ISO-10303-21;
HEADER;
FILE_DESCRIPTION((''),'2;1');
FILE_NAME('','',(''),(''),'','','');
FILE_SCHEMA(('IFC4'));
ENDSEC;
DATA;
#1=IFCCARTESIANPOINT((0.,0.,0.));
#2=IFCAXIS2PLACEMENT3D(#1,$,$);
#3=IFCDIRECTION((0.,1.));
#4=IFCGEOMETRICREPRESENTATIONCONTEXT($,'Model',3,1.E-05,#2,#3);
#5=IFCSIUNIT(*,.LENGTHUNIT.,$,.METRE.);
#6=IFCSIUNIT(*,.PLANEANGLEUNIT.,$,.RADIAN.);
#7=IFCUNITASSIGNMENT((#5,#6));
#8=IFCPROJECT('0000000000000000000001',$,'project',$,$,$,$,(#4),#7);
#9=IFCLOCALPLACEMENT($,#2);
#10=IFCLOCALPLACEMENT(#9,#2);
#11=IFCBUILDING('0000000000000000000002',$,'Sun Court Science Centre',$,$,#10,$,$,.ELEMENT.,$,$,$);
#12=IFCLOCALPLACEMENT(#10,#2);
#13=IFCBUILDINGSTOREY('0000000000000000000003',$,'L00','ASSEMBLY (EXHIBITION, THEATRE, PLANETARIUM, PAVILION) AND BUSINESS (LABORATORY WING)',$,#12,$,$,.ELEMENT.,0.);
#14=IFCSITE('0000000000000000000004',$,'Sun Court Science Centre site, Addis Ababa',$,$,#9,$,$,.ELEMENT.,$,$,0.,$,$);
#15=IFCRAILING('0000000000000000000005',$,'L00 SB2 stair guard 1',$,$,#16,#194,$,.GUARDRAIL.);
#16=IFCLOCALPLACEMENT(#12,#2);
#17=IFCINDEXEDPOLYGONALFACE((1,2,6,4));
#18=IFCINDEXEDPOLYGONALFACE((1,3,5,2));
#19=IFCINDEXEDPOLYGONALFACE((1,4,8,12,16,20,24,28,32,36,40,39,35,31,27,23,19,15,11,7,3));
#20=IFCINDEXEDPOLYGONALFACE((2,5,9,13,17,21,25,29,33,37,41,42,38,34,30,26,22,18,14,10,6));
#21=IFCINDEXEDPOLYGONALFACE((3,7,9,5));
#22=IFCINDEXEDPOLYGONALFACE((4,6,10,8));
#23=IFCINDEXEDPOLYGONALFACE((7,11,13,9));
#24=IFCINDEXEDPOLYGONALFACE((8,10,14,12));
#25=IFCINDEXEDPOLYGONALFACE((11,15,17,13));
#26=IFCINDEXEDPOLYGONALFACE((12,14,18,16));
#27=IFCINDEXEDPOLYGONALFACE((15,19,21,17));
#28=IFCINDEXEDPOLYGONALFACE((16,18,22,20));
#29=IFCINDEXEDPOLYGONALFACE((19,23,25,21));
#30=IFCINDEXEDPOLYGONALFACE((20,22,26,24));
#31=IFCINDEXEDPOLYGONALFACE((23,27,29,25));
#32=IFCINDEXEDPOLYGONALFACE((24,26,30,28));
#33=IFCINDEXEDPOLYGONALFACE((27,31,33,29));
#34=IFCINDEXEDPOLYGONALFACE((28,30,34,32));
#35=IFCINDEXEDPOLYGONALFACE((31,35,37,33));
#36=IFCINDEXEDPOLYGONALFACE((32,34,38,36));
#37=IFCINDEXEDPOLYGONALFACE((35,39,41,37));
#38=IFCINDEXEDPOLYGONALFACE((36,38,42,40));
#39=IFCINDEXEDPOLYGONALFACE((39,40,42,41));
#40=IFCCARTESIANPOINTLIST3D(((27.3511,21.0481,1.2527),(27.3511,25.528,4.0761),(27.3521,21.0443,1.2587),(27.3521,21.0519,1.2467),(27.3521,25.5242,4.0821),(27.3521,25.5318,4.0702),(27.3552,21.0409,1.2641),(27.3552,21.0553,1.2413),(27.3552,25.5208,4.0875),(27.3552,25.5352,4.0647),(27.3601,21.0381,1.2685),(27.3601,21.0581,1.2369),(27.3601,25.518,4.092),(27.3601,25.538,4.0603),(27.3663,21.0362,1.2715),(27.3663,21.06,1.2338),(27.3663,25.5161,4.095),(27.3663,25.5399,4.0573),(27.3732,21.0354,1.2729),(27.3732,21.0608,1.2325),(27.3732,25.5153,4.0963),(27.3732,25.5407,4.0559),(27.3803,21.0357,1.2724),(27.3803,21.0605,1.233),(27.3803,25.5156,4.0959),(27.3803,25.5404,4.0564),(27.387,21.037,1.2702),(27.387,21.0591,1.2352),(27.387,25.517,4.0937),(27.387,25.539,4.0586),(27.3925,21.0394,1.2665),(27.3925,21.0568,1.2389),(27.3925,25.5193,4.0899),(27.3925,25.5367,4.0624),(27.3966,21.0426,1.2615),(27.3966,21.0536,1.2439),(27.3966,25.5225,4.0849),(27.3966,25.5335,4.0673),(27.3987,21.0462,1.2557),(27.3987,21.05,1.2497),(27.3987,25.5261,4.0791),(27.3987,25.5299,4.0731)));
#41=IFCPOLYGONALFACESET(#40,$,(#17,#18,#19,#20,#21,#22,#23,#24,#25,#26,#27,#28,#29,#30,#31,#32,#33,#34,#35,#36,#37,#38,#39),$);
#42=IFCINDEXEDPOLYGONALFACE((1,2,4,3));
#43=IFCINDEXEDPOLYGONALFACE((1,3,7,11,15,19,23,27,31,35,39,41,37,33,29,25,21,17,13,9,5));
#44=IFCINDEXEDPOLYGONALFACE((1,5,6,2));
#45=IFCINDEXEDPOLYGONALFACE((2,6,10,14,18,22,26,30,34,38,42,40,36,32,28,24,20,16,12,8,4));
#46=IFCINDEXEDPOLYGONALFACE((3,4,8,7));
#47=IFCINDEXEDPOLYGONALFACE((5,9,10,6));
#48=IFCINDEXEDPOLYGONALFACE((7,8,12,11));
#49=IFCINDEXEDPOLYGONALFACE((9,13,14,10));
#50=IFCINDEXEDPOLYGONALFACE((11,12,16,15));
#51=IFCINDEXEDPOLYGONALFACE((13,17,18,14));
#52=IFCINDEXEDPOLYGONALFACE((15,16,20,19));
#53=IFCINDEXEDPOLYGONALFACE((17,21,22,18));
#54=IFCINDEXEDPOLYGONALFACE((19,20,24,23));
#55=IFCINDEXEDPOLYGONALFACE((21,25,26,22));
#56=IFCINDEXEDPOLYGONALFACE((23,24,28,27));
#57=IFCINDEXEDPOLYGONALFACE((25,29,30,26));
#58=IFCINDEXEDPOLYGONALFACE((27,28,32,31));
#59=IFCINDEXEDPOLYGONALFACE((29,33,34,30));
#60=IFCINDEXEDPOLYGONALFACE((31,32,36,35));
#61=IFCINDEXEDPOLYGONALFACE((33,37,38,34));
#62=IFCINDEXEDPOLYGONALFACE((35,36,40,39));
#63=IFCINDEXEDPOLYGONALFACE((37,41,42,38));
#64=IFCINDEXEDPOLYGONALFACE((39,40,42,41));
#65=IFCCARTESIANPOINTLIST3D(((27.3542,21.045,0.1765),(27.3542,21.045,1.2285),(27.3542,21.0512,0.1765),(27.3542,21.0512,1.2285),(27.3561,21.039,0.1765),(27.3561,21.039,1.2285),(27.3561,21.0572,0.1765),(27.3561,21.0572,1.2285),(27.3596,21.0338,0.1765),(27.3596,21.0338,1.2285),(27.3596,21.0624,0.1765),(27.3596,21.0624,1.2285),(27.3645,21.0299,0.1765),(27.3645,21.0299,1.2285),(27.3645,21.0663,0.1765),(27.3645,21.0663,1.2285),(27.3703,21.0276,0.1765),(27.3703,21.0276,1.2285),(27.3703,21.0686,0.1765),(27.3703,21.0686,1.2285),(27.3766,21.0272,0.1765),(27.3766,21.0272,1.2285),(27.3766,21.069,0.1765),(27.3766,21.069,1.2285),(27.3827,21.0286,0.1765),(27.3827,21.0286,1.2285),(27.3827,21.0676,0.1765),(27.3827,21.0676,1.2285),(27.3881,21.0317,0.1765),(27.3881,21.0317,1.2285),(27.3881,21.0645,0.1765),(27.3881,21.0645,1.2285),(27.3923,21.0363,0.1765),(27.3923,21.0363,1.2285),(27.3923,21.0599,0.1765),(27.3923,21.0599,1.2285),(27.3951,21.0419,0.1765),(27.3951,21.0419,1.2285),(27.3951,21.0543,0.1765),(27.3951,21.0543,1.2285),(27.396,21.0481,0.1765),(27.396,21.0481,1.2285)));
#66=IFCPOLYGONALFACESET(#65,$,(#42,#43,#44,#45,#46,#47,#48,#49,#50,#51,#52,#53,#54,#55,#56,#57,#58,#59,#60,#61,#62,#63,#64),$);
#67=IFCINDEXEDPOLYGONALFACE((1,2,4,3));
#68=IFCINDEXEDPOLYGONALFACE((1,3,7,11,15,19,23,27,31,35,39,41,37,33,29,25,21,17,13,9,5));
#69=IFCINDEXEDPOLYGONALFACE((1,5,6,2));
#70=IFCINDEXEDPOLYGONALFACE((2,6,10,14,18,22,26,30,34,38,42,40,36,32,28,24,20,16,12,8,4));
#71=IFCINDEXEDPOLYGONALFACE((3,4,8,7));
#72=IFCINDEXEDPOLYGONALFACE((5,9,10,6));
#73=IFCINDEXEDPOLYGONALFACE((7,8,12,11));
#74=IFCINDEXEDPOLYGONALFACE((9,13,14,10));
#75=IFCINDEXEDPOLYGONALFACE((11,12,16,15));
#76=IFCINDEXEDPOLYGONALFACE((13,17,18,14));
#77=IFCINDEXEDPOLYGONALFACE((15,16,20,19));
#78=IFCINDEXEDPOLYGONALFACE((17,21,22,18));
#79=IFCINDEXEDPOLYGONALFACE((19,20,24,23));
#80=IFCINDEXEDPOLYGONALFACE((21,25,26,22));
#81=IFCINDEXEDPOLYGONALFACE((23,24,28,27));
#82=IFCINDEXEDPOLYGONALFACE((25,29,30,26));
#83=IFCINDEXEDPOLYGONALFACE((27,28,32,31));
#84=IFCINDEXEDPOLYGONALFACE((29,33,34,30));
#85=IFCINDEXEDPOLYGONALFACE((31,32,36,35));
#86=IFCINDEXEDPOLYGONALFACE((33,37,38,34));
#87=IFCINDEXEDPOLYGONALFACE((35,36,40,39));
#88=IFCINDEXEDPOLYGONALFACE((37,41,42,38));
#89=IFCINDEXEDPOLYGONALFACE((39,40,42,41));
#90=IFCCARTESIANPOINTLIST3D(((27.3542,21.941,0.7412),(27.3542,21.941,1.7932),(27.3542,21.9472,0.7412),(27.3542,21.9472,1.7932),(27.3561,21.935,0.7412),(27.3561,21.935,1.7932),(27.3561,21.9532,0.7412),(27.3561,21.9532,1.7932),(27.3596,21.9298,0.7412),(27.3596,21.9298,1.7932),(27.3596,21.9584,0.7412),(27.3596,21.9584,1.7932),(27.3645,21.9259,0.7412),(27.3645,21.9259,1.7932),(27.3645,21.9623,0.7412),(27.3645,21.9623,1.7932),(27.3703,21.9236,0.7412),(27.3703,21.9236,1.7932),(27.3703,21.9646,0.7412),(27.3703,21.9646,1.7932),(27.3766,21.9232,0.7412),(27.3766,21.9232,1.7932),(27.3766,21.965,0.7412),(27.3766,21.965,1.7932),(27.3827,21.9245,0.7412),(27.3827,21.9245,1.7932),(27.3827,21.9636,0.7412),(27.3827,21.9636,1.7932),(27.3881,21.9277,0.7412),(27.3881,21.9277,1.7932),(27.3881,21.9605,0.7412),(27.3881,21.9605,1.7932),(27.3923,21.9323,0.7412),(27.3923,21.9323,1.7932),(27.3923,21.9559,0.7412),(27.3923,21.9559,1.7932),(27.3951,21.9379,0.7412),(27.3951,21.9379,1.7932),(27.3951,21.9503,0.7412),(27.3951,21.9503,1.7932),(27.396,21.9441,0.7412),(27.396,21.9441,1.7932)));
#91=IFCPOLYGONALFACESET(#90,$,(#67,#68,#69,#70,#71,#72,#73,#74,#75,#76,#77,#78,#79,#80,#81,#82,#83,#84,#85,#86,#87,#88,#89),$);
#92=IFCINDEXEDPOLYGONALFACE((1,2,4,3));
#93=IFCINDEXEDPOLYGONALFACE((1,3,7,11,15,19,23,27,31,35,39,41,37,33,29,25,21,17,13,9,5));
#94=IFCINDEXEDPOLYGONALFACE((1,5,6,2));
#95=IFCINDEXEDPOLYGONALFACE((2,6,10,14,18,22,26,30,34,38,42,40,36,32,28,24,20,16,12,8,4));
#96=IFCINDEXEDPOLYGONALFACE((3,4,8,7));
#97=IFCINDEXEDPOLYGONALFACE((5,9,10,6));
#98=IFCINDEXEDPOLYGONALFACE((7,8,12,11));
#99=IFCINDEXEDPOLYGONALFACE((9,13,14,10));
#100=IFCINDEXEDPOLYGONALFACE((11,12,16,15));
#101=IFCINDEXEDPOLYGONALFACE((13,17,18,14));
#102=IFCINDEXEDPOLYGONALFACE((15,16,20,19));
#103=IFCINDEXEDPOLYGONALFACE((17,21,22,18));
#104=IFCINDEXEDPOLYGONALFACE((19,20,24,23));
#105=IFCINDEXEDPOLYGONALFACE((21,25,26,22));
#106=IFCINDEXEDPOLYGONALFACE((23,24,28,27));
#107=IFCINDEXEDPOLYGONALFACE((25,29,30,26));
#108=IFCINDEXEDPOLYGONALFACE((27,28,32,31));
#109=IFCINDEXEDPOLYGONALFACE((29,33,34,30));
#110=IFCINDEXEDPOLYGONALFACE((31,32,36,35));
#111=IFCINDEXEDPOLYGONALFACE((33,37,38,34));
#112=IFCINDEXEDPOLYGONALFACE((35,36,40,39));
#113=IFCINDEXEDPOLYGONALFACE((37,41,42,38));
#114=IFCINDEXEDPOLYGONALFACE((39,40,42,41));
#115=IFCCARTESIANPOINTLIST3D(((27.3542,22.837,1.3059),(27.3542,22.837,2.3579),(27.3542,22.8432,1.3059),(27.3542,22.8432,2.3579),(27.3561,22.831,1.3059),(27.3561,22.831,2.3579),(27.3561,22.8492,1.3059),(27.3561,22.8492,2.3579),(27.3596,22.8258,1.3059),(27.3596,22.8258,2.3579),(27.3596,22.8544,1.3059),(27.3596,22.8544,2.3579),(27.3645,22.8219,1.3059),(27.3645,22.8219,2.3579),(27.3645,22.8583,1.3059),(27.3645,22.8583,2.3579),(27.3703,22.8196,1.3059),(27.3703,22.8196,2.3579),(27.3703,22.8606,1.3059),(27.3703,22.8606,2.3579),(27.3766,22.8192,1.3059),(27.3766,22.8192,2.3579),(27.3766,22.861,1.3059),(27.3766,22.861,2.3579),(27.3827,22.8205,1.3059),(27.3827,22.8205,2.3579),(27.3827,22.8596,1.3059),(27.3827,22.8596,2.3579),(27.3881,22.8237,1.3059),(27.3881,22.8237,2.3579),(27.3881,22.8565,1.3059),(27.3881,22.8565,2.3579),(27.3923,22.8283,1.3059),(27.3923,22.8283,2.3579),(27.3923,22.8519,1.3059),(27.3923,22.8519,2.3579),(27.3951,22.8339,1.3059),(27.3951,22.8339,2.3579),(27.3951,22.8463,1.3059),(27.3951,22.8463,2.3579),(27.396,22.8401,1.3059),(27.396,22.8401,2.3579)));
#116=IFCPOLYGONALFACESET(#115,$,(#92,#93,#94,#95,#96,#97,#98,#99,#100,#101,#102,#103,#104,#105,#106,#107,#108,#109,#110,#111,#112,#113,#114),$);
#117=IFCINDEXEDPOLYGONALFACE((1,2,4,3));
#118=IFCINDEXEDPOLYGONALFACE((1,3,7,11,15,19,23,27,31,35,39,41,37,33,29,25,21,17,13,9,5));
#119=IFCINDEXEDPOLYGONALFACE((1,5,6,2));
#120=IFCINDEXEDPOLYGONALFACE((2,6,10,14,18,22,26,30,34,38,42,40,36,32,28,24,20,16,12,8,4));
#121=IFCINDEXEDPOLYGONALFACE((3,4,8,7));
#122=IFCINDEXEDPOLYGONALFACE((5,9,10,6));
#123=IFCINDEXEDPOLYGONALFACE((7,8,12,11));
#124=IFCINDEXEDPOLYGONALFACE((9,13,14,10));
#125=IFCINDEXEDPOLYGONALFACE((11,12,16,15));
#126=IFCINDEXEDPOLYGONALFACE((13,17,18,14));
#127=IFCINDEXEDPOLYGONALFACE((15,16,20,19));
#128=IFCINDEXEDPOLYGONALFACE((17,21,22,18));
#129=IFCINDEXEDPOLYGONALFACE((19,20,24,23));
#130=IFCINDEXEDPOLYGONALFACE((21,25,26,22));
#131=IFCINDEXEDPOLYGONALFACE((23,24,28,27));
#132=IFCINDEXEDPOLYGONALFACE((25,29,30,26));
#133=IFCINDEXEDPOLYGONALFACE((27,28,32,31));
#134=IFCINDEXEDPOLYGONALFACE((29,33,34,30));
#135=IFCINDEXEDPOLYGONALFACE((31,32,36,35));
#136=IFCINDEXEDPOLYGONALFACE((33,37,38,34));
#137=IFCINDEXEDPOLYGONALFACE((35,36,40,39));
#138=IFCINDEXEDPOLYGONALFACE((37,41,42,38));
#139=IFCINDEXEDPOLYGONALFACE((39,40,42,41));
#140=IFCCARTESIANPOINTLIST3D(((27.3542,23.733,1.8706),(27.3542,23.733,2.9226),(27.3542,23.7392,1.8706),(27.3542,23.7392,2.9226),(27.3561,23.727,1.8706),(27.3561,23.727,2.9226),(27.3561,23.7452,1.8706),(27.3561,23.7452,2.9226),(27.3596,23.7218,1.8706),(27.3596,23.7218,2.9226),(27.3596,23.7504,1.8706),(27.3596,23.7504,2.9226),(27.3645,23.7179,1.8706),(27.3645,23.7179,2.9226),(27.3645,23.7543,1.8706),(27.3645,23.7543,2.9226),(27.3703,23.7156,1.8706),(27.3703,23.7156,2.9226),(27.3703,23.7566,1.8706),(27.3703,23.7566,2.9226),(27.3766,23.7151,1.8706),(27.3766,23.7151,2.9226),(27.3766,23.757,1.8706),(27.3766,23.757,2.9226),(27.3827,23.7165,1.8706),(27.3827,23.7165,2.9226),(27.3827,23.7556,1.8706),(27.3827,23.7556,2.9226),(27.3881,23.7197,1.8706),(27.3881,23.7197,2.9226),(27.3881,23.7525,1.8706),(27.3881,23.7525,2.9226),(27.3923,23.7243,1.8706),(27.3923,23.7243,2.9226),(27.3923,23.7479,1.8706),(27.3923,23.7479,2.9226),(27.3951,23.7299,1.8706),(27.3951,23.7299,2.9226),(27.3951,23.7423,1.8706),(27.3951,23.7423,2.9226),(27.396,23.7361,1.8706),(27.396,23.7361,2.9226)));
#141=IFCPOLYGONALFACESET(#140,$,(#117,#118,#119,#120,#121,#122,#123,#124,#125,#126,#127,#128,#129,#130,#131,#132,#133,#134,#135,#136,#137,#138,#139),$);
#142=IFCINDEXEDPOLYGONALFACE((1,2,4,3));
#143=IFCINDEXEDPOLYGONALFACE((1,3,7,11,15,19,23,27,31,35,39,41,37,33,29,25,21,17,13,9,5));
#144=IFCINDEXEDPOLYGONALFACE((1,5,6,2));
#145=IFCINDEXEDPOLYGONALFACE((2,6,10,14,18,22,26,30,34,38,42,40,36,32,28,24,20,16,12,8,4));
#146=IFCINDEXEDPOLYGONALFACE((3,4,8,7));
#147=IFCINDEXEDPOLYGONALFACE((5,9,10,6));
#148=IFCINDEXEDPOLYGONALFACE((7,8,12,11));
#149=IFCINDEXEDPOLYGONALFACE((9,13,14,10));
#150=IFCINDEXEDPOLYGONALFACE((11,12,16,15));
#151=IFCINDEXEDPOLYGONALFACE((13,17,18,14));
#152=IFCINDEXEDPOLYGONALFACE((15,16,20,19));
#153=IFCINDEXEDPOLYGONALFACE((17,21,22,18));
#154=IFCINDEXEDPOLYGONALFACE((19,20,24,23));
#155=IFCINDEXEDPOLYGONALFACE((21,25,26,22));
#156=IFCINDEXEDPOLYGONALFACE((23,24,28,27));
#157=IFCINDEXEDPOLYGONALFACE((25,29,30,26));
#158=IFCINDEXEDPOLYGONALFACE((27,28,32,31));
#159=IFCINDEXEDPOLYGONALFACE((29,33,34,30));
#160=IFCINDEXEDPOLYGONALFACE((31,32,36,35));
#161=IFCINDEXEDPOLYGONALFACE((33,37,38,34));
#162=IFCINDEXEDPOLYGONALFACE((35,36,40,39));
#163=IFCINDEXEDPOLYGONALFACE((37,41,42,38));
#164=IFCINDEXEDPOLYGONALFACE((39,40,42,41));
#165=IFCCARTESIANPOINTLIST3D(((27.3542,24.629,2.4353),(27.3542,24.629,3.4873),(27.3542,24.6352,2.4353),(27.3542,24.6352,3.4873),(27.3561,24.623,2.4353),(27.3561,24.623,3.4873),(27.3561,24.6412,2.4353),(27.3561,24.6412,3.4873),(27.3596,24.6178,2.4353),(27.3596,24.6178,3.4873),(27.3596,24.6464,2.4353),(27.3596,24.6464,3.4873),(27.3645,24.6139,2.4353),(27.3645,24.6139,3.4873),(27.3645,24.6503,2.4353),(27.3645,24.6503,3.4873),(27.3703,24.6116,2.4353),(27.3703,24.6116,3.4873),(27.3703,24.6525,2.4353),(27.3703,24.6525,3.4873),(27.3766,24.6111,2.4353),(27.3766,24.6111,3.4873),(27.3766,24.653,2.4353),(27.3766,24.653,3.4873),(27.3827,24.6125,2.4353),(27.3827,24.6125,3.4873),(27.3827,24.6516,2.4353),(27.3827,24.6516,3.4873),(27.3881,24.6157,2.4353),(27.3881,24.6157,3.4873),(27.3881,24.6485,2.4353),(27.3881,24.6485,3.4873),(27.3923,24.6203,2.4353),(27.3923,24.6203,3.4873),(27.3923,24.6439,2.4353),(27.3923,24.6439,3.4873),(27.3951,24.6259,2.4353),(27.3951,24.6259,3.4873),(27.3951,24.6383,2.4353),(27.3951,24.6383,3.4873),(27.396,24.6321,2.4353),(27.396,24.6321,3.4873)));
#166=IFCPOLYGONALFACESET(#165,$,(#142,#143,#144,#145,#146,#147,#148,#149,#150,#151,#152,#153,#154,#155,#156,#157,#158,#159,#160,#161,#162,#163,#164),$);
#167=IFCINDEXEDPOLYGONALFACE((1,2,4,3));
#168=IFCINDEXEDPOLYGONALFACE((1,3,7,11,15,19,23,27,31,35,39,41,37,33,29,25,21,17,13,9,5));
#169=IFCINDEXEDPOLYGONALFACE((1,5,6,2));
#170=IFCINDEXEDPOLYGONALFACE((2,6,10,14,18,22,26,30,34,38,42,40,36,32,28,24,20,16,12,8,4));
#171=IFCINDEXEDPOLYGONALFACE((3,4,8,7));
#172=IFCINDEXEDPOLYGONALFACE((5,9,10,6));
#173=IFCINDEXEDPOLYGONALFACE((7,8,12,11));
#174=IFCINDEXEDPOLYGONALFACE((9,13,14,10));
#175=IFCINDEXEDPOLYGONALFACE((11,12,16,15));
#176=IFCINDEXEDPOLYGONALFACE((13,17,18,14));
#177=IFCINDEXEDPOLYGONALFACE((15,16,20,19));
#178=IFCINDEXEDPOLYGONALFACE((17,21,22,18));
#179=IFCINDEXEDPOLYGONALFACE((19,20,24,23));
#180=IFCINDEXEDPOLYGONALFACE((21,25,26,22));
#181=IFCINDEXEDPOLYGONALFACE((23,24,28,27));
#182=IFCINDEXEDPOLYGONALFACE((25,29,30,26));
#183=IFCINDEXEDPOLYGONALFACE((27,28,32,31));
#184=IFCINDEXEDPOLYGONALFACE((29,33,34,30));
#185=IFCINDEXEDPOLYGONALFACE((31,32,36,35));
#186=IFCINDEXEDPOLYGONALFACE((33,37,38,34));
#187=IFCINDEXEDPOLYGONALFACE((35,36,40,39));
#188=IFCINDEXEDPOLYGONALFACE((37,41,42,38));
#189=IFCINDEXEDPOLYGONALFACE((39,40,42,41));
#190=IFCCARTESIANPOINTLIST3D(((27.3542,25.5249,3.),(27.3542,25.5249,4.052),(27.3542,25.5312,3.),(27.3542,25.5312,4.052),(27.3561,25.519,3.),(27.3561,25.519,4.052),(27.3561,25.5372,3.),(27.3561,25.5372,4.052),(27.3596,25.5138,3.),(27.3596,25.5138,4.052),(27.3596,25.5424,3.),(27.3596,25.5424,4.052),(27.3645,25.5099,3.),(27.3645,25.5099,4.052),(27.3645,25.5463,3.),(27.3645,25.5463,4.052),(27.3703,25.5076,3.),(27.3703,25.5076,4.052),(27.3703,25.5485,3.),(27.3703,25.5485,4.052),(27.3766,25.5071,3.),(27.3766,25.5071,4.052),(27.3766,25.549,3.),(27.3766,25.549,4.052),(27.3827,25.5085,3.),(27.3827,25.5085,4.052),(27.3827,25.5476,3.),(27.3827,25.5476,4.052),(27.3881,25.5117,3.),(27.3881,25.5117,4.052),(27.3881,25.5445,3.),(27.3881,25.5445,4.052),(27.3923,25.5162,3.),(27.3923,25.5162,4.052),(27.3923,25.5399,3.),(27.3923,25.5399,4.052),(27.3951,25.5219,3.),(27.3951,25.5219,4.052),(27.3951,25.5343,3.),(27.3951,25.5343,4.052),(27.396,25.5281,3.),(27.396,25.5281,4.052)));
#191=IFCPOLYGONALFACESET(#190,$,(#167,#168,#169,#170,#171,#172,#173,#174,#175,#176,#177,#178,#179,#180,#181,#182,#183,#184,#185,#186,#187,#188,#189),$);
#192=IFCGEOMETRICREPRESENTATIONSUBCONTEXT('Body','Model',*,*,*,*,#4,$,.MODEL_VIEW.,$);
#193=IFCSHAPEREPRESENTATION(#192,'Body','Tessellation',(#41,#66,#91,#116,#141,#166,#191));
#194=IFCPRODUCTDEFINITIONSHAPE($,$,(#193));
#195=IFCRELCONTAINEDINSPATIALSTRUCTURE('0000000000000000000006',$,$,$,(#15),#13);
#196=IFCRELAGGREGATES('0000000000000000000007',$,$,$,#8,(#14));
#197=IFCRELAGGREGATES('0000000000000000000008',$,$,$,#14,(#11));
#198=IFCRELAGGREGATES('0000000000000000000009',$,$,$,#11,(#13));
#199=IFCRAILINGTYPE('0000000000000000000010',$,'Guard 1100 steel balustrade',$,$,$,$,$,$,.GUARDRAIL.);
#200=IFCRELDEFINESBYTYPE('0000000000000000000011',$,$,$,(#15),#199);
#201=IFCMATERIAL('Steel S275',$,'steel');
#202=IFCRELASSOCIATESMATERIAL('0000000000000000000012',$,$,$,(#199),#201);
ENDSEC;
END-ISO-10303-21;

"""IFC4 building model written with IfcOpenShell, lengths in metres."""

from ifc_helpers import new_model, si_unit, direction, frame, origin, origin_2d, place, context, subcontext, project, spatial, circle, extrude, material, type_object, element, save


model = new_model("IFC4")

# Units and contexts
model_context = context("Model", 3, precision=1e-05, world=origin(), true_north=direction((0.0, 1.0)))
body_context = subcontext(model_context, "Body", "Model", "MODEL_VIEW")
ifc_project = project(units=[si_unit("LENGTHUNIT", "METRE"), si_unit("PLANEANGLEUNIT", "RADIAN")], contexts=[model_context])

# Site, building, storey
site_placement = place(None, origin())
site = spatial("IfcSite", under=ifc_project, at=site_placement, Name="Sun Court Science Centre site, Addis Ababa", CompositionType="ELEMENT", RefElevation=0.0)
building_placement = place(site_placement, origin())
building = spatial("IfcBuilding", under=site, at=building_placement, Name="Sun Court Science Centre", CompositionType="ELEMENT")
storey_placement = place(building_placement, origin())
storey = spatial("IfcBuildingStorey", under=building, at=storey_placement, Name="L00", Description="ASSEMBLY (EXHIBITION, THEATRE, PLANETARIUM, PAVILION) AND BUSINESS (LABORATORY WING)", CompositionType="ELEMENT", Elevation=0.0)

# Railing
ifc_material_1 = material(Name="Steel S275", Category="steel")
railing_type_1 = type_object("IfcRailingType", Name="Guard 1100 steel balustrade", PredefinedType="GUARDRAIL", material=ifc_material_1)
railing_1_placement = place(storey_placement, frame((27.375, 21.0481, 0.1765)))
element("IfcRailing", 1, at=railing_1_placement, inside=storey, type_object=railing_type_1, Name="L00 SB2 stair guard 1", PredefinedType="GUARDRAIL", context=body_context, shape_type="SweptSolid", body=[
    extrude(circle(Radius=0.0239, at=origin_2d()), frame((0.0, 0.0, 1.0762), z_axis=(0.0, 0.845998, 0.533186), x_axis=(-1.0, 0.0, 0.0)), (0.0, 0.0, 1.0), 5.2954),
    extrude(circle(Radius=0.021, at=origin_2d()), origin(), (0.0, 0.0, 1.0), 1.052),
    extrude(circle(Radius=0.021, at=origin_2d()), frame((0.0, 0.896, 0.5647)), (0.0, 0.0, 1.0), 1.052),
    extrude(circle(Radius=0.021, at=origin_2d()), frame((0.0, 1.792, 1.1294)), (0.0, 0.0, 1.0), 1.052),
    extrude(circle(Radius=0.021, at=origin_2d()), frame((0.0, 2.688, 1.6941)), (0.0, 0.0, 1.0), 1.052),
    extrude(circle(Radius=0.021, at=origin_2d()), frame((0.0, 3.584, 2.2588)), (0.0, 0.0, 1.0), 1.052),
    extrude(circle(Radius=0.021, at=origin_2d()), frame((0.0, 4.48, 2.8235)), (0.0, 0.0, 1.0), 1.052),
])

save(model, "model.ifc")
